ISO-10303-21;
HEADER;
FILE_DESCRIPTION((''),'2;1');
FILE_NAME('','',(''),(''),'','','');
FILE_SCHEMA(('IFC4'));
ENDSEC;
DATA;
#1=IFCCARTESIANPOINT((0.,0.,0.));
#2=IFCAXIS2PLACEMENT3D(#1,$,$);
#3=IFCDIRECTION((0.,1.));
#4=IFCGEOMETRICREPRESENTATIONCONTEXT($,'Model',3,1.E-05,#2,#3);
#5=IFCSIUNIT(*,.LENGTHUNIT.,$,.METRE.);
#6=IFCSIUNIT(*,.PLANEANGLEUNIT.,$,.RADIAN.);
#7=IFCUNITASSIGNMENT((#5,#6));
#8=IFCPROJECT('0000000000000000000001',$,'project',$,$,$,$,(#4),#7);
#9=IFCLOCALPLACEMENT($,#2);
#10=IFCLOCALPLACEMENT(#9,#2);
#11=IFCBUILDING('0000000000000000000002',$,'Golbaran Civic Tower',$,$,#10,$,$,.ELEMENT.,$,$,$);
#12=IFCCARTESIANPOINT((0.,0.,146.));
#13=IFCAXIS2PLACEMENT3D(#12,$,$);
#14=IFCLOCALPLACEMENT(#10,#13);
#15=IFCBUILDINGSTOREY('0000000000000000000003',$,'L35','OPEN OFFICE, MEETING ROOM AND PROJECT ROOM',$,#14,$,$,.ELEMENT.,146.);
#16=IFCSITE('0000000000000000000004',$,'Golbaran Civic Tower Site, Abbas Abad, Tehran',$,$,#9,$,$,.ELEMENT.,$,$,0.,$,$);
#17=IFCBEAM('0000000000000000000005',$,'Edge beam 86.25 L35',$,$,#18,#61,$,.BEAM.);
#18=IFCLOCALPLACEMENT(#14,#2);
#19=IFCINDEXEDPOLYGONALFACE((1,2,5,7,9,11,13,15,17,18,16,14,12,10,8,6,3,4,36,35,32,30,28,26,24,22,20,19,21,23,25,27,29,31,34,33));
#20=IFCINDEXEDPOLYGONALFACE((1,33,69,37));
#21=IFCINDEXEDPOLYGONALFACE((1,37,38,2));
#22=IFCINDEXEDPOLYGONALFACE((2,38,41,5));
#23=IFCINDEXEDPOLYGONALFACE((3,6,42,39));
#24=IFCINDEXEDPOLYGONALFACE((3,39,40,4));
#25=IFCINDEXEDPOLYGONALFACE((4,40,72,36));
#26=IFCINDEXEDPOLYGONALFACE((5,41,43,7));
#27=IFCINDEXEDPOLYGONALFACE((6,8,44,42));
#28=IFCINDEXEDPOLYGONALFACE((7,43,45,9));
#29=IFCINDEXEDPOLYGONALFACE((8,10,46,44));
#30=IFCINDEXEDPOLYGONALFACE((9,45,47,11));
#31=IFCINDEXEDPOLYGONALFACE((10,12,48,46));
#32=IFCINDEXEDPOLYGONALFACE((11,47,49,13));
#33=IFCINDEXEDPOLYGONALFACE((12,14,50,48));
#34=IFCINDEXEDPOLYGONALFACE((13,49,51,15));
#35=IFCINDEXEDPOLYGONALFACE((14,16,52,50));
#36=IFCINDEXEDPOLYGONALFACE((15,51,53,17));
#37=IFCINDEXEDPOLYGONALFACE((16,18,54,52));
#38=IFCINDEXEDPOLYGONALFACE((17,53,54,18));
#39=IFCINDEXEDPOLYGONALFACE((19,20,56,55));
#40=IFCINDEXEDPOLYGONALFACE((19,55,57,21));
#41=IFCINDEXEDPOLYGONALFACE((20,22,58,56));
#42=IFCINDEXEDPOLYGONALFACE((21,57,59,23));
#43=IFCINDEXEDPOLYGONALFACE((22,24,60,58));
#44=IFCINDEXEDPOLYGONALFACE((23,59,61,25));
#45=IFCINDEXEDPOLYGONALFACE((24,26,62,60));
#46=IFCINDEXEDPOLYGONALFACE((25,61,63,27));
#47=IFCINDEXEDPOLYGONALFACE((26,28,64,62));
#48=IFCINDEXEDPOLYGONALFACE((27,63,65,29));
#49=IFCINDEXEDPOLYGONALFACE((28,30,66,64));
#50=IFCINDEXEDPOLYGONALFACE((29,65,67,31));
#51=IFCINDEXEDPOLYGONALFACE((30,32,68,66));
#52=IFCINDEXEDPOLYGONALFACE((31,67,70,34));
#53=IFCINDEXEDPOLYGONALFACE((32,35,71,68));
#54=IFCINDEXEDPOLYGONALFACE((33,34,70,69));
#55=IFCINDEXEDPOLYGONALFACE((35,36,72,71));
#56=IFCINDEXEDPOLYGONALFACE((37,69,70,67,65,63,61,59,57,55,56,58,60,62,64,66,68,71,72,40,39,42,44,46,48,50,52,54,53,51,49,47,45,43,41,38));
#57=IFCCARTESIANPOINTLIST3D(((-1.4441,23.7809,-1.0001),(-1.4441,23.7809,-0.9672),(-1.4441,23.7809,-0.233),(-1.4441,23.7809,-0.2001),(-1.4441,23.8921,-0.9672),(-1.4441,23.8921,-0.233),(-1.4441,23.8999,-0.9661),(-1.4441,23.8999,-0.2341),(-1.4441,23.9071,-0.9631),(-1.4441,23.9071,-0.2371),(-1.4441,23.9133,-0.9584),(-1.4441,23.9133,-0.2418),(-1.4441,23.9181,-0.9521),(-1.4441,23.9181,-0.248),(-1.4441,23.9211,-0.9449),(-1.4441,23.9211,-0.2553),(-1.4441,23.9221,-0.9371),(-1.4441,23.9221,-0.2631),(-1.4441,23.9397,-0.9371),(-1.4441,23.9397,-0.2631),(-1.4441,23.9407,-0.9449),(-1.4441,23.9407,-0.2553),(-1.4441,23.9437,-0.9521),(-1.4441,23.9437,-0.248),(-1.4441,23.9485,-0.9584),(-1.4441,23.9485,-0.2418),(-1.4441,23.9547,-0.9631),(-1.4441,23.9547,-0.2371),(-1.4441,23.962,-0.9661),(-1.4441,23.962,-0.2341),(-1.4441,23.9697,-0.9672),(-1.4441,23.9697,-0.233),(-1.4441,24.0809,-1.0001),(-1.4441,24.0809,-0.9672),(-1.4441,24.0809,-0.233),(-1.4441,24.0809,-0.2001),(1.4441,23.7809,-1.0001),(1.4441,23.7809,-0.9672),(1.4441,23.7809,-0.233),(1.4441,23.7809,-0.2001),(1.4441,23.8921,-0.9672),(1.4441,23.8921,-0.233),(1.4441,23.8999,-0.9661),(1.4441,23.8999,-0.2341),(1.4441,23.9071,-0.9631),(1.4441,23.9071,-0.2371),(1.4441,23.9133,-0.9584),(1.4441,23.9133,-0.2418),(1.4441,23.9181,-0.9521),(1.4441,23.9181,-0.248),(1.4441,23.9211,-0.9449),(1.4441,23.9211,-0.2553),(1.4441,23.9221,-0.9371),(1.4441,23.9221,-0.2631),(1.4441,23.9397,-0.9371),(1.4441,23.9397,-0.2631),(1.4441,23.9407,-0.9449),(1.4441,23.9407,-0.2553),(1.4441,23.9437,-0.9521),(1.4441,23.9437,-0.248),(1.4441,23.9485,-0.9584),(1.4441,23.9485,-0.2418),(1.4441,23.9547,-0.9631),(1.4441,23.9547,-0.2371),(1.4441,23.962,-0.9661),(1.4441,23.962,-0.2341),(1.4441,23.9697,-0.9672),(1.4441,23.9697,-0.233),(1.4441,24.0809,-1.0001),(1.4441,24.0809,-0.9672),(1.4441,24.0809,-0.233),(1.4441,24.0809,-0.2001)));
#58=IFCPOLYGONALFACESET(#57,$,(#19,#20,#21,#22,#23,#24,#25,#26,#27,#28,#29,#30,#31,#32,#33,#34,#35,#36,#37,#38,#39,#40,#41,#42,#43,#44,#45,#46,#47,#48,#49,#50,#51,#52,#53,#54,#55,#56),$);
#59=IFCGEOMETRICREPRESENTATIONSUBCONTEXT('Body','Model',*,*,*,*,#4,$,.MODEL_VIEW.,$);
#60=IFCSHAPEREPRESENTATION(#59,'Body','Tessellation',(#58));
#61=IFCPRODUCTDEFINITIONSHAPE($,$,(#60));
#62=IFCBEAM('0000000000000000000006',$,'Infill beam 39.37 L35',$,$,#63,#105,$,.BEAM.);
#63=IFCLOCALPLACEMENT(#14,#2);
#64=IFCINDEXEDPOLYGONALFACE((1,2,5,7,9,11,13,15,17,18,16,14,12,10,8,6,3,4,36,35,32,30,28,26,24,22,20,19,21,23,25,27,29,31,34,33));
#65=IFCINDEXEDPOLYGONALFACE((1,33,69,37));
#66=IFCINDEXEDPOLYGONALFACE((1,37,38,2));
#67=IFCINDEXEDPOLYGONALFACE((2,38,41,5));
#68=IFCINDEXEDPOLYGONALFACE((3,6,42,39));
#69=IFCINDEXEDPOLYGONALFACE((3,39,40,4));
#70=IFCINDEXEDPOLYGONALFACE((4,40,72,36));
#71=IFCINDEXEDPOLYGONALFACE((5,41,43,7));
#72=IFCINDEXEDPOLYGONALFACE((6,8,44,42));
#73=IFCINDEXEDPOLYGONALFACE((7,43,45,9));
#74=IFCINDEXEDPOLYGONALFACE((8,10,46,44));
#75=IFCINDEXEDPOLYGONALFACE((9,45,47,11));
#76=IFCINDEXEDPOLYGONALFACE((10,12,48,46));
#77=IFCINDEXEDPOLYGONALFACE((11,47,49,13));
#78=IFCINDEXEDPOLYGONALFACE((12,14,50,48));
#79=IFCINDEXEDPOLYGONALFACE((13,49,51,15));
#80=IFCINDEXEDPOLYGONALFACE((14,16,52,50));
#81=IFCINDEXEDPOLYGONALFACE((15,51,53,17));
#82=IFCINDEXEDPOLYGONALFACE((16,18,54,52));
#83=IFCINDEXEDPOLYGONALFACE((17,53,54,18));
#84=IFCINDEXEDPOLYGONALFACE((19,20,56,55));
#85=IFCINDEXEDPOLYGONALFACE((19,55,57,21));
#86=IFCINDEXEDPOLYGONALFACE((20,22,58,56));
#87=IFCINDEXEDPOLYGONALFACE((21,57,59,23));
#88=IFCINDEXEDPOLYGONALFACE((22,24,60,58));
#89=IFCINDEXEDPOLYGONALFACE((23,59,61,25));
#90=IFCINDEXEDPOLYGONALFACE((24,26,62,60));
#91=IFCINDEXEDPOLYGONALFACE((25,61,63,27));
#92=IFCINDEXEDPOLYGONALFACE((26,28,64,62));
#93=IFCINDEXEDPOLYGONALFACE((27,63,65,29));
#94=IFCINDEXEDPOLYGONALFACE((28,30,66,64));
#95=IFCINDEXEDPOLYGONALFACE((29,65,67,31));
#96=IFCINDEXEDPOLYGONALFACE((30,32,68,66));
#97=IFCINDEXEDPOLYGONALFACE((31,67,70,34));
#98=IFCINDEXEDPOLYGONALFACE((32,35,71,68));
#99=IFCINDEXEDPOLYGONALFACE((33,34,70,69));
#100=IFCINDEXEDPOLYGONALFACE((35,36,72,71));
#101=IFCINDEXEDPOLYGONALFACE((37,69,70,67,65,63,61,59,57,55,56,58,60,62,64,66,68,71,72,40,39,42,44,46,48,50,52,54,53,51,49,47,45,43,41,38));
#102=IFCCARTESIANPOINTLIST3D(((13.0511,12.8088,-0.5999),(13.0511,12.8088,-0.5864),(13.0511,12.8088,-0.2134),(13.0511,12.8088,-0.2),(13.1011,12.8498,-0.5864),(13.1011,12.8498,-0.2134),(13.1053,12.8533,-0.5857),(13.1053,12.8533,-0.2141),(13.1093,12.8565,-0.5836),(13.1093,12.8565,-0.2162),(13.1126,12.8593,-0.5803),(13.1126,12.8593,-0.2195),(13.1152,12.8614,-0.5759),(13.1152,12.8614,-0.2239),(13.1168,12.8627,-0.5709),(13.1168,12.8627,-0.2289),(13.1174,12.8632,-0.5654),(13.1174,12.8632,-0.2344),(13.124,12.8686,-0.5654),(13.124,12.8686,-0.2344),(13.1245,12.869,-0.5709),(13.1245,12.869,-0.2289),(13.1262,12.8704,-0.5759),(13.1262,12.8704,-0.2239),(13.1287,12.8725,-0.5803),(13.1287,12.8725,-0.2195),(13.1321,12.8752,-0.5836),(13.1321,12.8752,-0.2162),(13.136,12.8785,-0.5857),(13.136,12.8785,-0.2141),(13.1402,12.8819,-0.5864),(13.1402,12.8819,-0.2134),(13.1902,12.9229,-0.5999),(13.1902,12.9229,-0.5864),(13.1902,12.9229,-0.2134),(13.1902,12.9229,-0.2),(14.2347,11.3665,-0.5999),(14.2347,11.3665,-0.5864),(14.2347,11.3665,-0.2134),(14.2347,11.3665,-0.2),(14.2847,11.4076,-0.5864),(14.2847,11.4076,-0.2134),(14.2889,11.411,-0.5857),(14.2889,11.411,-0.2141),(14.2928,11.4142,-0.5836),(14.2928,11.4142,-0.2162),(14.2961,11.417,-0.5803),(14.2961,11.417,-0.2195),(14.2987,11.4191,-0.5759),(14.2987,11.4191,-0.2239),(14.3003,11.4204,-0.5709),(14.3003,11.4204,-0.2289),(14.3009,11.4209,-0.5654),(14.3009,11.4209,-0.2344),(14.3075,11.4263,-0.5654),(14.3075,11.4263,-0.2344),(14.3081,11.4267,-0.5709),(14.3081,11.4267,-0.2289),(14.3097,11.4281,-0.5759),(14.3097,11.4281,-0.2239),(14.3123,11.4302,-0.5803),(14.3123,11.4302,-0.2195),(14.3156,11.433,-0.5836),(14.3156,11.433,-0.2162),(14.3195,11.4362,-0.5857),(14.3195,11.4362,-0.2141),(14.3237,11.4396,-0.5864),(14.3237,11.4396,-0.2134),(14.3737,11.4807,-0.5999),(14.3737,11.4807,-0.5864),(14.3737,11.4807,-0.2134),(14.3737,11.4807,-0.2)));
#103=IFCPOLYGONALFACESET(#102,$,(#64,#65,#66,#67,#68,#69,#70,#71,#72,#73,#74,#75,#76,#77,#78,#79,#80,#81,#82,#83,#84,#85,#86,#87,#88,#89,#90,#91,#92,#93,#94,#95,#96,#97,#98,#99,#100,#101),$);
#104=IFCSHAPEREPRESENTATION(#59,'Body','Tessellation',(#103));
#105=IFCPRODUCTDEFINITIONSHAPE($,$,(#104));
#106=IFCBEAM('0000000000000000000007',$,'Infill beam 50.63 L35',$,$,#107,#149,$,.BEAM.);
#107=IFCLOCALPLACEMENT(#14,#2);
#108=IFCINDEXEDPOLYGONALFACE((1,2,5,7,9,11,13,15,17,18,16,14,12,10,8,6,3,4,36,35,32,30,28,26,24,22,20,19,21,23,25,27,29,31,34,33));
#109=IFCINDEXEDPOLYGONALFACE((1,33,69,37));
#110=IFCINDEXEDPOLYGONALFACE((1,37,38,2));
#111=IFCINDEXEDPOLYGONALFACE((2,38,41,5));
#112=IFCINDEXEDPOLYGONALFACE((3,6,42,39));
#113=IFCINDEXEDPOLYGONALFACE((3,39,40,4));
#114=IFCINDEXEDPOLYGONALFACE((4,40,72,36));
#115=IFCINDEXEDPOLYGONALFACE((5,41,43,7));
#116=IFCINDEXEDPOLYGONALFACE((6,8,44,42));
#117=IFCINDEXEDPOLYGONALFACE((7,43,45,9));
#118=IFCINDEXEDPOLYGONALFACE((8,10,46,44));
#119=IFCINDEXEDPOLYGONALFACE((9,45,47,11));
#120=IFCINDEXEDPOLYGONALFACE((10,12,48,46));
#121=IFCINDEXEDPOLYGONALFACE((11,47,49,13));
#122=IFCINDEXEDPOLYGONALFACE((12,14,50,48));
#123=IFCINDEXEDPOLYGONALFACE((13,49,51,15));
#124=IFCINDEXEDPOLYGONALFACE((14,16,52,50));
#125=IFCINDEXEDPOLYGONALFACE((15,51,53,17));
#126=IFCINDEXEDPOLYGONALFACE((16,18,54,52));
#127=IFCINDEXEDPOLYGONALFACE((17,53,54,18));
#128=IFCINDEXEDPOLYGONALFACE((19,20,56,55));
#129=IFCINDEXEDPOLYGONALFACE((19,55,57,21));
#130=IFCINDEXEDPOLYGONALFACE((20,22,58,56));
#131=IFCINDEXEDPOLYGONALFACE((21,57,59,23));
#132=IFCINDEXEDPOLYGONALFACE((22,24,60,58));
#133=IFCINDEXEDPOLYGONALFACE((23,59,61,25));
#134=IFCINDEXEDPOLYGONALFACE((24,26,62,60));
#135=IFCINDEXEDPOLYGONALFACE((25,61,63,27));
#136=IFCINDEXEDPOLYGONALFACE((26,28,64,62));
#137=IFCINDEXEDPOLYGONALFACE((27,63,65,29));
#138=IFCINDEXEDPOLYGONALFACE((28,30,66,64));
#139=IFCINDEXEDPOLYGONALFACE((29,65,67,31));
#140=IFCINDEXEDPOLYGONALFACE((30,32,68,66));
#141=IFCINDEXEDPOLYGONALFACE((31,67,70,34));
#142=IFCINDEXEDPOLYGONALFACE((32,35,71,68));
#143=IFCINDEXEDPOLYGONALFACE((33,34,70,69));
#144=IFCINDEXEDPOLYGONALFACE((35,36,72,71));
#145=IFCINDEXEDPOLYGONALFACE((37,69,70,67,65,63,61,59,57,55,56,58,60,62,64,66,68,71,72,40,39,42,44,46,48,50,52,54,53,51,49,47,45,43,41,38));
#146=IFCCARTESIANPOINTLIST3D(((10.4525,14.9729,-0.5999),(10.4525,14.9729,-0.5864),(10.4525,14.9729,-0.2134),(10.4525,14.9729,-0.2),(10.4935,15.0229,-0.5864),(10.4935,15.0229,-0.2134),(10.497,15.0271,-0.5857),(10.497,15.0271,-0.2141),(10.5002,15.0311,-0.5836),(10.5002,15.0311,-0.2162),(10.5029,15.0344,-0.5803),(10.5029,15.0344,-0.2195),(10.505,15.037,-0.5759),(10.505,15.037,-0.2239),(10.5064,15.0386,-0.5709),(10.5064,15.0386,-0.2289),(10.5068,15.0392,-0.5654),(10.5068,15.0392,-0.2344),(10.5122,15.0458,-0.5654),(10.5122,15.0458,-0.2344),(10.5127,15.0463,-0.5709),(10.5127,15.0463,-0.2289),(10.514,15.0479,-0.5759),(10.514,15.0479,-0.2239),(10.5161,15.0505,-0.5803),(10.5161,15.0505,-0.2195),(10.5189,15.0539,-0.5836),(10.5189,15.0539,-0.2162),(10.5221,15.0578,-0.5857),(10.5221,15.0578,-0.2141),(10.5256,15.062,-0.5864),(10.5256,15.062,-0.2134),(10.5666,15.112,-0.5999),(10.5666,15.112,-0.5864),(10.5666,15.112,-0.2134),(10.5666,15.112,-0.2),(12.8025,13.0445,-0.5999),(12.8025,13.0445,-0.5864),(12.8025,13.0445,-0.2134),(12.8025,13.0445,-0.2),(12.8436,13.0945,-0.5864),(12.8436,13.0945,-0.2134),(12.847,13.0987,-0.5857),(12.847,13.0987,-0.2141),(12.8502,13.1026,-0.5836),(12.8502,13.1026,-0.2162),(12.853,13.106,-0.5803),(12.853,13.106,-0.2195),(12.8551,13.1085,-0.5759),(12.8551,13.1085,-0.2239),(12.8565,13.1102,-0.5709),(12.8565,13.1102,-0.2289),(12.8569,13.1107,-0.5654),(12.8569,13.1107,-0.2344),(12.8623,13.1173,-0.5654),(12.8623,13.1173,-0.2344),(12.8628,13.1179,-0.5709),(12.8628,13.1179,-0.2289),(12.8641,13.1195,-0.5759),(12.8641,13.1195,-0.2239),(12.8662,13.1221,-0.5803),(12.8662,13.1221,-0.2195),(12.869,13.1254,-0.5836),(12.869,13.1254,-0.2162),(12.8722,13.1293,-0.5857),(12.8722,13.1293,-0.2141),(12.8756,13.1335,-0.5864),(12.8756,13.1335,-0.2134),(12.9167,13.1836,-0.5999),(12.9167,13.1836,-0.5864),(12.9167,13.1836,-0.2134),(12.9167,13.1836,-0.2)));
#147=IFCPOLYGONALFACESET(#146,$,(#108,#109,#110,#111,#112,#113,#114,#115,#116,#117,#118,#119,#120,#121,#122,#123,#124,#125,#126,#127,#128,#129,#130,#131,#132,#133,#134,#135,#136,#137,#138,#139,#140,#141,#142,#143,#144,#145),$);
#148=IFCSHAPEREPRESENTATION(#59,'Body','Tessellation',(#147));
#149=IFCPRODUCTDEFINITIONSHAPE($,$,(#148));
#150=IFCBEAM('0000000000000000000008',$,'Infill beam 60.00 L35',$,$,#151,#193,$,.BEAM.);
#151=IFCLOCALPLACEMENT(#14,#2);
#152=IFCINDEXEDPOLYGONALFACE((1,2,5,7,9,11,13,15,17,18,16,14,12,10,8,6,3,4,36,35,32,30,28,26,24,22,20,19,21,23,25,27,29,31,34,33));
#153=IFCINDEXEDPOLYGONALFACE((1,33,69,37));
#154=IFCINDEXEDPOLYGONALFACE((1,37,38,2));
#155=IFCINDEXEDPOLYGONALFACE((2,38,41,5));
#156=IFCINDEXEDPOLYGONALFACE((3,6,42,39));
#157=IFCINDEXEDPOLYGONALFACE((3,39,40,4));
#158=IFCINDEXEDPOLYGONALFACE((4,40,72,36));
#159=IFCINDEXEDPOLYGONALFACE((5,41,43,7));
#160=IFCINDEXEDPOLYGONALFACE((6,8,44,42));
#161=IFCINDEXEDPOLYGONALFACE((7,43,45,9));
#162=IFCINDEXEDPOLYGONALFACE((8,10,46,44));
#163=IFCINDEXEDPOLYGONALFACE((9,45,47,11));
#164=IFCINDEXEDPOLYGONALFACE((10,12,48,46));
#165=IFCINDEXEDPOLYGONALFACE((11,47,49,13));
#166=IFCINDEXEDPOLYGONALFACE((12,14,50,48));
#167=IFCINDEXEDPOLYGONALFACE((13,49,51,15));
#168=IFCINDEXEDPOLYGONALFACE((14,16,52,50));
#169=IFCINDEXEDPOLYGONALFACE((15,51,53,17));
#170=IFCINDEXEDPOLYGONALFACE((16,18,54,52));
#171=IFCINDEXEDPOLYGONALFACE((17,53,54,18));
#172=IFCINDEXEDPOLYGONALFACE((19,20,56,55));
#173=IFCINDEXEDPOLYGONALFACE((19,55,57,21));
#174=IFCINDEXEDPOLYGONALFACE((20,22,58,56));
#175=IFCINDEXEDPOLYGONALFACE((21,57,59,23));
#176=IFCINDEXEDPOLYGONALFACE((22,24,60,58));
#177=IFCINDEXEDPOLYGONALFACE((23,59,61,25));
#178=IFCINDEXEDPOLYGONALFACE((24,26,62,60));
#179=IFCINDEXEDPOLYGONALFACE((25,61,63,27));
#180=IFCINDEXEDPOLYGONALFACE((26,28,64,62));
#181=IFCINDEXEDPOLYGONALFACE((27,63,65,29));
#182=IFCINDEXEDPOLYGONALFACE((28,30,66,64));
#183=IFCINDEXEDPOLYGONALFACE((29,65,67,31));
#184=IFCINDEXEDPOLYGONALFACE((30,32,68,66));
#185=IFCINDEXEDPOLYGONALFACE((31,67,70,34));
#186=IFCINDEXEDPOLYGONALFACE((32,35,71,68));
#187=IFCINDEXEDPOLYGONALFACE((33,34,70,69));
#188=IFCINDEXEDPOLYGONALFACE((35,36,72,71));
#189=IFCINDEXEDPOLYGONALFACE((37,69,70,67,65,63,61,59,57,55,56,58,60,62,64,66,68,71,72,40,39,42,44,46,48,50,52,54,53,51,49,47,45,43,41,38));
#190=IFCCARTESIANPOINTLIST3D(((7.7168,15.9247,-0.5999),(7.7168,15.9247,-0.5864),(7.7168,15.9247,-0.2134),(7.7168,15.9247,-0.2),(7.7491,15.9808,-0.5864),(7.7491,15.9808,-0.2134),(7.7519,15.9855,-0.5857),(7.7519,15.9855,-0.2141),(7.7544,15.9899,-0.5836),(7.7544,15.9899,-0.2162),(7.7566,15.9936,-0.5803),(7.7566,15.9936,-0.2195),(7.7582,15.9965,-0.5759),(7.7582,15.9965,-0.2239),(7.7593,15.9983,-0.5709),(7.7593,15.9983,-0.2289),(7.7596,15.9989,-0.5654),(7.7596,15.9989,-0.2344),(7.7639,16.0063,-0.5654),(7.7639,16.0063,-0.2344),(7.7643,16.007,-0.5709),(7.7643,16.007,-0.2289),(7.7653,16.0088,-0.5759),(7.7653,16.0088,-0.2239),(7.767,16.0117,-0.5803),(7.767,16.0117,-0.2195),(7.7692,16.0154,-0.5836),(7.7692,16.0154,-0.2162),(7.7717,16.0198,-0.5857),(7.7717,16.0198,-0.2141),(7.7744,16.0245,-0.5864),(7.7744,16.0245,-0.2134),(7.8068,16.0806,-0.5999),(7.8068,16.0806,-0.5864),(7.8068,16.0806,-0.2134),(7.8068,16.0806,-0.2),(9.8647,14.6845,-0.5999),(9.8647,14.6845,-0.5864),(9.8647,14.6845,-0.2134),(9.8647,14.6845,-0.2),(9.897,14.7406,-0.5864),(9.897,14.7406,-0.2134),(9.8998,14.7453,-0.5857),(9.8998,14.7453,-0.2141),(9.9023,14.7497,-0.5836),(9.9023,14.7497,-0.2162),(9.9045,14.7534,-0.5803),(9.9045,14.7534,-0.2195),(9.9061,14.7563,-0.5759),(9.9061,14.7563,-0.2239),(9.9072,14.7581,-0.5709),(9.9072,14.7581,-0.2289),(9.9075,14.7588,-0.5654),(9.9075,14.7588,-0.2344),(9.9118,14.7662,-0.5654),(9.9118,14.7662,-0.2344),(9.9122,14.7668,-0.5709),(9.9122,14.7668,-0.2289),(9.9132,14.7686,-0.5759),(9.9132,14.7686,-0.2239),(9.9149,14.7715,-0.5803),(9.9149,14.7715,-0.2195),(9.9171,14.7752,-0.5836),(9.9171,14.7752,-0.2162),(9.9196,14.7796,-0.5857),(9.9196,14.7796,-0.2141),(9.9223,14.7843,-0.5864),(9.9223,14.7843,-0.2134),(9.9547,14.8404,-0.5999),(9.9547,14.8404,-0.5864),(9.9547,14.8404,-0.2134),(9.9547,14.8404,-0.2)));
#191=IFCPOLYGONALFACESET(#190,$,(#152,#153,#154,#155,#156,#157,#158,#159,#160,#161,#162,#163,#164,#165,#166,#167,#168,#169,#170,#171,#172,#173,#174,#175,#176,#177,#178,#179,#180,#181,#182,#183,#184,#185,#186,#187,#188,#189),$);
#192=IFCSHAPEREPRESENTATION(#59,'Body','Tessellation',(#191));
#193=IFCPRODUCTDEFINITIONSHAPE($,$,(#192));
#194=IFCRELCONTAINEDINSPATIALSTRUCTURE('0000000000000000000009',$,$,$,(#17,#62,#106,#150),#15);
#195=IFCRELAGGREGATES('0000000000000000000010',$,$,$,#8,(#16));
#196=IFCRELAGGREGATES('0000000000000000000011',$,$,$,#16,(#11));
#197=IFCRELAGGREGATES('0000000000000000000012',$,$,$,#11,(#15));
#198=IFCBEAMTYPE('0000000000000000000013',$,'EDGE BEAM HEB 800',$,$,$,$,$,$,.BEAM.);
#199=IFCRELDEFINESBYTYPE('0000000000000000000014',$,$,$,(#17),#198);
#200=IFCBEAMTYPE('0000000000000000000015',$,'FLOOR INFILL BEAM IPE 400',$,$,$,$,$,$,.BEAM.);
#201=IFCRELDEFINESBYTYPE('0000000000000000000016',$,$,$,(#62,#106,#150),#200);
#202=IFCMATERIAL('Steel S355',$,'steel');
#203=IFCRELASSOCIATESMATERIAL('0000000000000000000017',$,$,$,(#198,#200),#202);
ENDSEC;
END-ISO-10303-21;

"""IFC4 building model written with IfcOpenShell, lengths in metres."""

from ifc_helpers import new_model, si_unit, direction, frame, origin, origin_2d, place, context, subcontext, project, spatial, i_section, extrude, material, material_profile, profile_set, type_object, element, save


model = new_model("IFC4")

# Units and contexts
model_context = context("Model", 3, precision=1e-05, world=origin(), true_north=direction((0.0, 1.0)))
body_context = subcontext(model_context, "Body", "Model", "MODEL_VIEW")
ifc_project = project(units=[si_unit("LENGTHUNIT", "METRE"), si_unit("PLANEANGLEUNIT", "RADIAN")], contexts=[model_context])

# Site, building, storey
site_placement = place(None, origin())
site = spatial("IfcSite", under=ifc_project, at=site_placement, Name="Golbaran Civic Tower Site, Abbas Abad, Tehran", CompositionType="ELEMENT", RefElevation=0.0)
building_placement = place(site_placement, origin())
building = spatial("IfcBuilding", under=site, at=building_placement, Name="Golbaran Civic Tower", CompositionType="ELEMENT")
storey_placement = place(building_placement, frame((0.0, 0.0, 146.0)))
storey = spatial("IfcBuildingStorey", under=building, at=storey_placement, Name="L35", Description="OPEN OFFICE, MEETING ROOM AND PROJECT ROOM", CompositionType="ELEMENT", Elevation=146.0)

# Beams
ifc_material_1 = material(Name="Steel S355", Category="steel")
ifc_material_profile_1 = material_profile(ifc_material_1, i_section(OverallWidth=0.3, OverallDepth=0.8, WebThickness=0.0176, FlangeThickness=0.033, FilletRadius=0.03, at=origin_2d()), Name="HEB 800")
ifc_profile_set_1 = profile_set([ifc_material_profile_1], Name="Steel S355")
beam_type_1 = type_object("IfcBeamType", Name="EDGE BEAM HEB 800", PredefinedType="BEAM", material=ifc_profile_set_1)
beam_1_placement = place(storey_placement, frame((1.4441, 23.9309, -0.6001), z_axis=(-1.0, 0.0, 0.0), x_axis=(0.0, -1.0, 0.0)))
element("IfcBeam", 1, at=beam_1_placement, inside=storey, type_object=beam_type_1, Name="Edge beam 86.25 L35", PredefinedType="BEAM", context=body_context, shape_type="SweptSolid", body=[
    extrude(i_section(OverallWidth=0.3, OverallDepth=0.8, WebThickness=0.0176, FlangeThickness=0.033, FilletRadius=0.03, at=origin_2d()), origin(), (0.0, 0.0, 1.0), 2.8882),
])
ifc_material_profile_2 = material_profile(ifc_material_1, i_section(OverallWidth=0.1799, OverallDepth=0.3999, WebThickness=0.0085, FlangeThickness=0.0134, FilletRadius=0.021, at=origin_2d()), Name="IPE 400")
ifc_profile_set_2 = profile_set([ifc_material_profile_2], Name="Steel S355")
beam_type_2 = type_object("IfcBeamType", Name="FLOOR INFILL BEAM IPE 400", PredefinedType="BEAM", material=ifc_profile_set_2)
beam_2_placement = place(storey_placement, frame((14.3042, 11.4236, -0.3999), z_axis=(-0.634349, 0.773047, 0.0), x_axis=(-0.773047, -0.634349, 0.0)))
element("IfcBeam", 2, at=beam_2_placement, inside=storey, type_object=beam_type_2, Name="Infill beam 39.37 L35", PredefinedType="BEAM", context=body_context, shape_type="SweptSolid", body=[
    extrude(i_section(OverallWidth=0.1799, OverallDepth=0.3999, WebThickness=0.0085, FlangeThickness=0.0134, FilletRadius=0.021, at=origin_2d()), origin(), (0.0, 0.0, 1.0), 1.8657),
])
beam_3_placement = place(storey_placement, frame((12.8596, 13.114, -0.3999), z_axis=(-0.773044, 0.634352, 0.0), x_axis=(-0.634352, -0.773044, 0.0)))
element("IfcBeam", 3, at=beam_3_placement, inside=storey, type_object=beam_type_2, Name="Infill beam 50.63 L35", PredefinedType="BEAM", context=body_context, shape_type="SweptSolid", body=[
    extrude(i_section(OverallWidth=0.1799, OverallDepth=0.3999, WebThickness=0.0085, FlangeThickness=0.0134, FilletRadius=0.021, at=origin_2d()), origin(), (0.0, 0.0, 1.0), 3.04),
])
beam_4_placement = place(storey_placement, frame((9.9097, 14.7625, -0.3999), z_axis=(-0.866005, 0.500035, 0.0), x_axis=(-0.500035, -0.866005, 0.0)))
element("IfcBeam", 4, at=beam_4_placement, inside=storey, type_object=beam_type_2, Name="Infill beam 60.00 L35", PredefinedType="BEAM", context=body_context, shape_type="SweptSolid", body=[
    extrude(i_section(OverallWidth=0.1799, OverallDepth=0.3999, WebThickness=0.0085, FlangeThickness=0.0134, FilletRadius=0.021, at=origin_2d()), origin(), (0.0, 0.0, 1.0), 2.4802),
])

save(model, "model.ifc")
